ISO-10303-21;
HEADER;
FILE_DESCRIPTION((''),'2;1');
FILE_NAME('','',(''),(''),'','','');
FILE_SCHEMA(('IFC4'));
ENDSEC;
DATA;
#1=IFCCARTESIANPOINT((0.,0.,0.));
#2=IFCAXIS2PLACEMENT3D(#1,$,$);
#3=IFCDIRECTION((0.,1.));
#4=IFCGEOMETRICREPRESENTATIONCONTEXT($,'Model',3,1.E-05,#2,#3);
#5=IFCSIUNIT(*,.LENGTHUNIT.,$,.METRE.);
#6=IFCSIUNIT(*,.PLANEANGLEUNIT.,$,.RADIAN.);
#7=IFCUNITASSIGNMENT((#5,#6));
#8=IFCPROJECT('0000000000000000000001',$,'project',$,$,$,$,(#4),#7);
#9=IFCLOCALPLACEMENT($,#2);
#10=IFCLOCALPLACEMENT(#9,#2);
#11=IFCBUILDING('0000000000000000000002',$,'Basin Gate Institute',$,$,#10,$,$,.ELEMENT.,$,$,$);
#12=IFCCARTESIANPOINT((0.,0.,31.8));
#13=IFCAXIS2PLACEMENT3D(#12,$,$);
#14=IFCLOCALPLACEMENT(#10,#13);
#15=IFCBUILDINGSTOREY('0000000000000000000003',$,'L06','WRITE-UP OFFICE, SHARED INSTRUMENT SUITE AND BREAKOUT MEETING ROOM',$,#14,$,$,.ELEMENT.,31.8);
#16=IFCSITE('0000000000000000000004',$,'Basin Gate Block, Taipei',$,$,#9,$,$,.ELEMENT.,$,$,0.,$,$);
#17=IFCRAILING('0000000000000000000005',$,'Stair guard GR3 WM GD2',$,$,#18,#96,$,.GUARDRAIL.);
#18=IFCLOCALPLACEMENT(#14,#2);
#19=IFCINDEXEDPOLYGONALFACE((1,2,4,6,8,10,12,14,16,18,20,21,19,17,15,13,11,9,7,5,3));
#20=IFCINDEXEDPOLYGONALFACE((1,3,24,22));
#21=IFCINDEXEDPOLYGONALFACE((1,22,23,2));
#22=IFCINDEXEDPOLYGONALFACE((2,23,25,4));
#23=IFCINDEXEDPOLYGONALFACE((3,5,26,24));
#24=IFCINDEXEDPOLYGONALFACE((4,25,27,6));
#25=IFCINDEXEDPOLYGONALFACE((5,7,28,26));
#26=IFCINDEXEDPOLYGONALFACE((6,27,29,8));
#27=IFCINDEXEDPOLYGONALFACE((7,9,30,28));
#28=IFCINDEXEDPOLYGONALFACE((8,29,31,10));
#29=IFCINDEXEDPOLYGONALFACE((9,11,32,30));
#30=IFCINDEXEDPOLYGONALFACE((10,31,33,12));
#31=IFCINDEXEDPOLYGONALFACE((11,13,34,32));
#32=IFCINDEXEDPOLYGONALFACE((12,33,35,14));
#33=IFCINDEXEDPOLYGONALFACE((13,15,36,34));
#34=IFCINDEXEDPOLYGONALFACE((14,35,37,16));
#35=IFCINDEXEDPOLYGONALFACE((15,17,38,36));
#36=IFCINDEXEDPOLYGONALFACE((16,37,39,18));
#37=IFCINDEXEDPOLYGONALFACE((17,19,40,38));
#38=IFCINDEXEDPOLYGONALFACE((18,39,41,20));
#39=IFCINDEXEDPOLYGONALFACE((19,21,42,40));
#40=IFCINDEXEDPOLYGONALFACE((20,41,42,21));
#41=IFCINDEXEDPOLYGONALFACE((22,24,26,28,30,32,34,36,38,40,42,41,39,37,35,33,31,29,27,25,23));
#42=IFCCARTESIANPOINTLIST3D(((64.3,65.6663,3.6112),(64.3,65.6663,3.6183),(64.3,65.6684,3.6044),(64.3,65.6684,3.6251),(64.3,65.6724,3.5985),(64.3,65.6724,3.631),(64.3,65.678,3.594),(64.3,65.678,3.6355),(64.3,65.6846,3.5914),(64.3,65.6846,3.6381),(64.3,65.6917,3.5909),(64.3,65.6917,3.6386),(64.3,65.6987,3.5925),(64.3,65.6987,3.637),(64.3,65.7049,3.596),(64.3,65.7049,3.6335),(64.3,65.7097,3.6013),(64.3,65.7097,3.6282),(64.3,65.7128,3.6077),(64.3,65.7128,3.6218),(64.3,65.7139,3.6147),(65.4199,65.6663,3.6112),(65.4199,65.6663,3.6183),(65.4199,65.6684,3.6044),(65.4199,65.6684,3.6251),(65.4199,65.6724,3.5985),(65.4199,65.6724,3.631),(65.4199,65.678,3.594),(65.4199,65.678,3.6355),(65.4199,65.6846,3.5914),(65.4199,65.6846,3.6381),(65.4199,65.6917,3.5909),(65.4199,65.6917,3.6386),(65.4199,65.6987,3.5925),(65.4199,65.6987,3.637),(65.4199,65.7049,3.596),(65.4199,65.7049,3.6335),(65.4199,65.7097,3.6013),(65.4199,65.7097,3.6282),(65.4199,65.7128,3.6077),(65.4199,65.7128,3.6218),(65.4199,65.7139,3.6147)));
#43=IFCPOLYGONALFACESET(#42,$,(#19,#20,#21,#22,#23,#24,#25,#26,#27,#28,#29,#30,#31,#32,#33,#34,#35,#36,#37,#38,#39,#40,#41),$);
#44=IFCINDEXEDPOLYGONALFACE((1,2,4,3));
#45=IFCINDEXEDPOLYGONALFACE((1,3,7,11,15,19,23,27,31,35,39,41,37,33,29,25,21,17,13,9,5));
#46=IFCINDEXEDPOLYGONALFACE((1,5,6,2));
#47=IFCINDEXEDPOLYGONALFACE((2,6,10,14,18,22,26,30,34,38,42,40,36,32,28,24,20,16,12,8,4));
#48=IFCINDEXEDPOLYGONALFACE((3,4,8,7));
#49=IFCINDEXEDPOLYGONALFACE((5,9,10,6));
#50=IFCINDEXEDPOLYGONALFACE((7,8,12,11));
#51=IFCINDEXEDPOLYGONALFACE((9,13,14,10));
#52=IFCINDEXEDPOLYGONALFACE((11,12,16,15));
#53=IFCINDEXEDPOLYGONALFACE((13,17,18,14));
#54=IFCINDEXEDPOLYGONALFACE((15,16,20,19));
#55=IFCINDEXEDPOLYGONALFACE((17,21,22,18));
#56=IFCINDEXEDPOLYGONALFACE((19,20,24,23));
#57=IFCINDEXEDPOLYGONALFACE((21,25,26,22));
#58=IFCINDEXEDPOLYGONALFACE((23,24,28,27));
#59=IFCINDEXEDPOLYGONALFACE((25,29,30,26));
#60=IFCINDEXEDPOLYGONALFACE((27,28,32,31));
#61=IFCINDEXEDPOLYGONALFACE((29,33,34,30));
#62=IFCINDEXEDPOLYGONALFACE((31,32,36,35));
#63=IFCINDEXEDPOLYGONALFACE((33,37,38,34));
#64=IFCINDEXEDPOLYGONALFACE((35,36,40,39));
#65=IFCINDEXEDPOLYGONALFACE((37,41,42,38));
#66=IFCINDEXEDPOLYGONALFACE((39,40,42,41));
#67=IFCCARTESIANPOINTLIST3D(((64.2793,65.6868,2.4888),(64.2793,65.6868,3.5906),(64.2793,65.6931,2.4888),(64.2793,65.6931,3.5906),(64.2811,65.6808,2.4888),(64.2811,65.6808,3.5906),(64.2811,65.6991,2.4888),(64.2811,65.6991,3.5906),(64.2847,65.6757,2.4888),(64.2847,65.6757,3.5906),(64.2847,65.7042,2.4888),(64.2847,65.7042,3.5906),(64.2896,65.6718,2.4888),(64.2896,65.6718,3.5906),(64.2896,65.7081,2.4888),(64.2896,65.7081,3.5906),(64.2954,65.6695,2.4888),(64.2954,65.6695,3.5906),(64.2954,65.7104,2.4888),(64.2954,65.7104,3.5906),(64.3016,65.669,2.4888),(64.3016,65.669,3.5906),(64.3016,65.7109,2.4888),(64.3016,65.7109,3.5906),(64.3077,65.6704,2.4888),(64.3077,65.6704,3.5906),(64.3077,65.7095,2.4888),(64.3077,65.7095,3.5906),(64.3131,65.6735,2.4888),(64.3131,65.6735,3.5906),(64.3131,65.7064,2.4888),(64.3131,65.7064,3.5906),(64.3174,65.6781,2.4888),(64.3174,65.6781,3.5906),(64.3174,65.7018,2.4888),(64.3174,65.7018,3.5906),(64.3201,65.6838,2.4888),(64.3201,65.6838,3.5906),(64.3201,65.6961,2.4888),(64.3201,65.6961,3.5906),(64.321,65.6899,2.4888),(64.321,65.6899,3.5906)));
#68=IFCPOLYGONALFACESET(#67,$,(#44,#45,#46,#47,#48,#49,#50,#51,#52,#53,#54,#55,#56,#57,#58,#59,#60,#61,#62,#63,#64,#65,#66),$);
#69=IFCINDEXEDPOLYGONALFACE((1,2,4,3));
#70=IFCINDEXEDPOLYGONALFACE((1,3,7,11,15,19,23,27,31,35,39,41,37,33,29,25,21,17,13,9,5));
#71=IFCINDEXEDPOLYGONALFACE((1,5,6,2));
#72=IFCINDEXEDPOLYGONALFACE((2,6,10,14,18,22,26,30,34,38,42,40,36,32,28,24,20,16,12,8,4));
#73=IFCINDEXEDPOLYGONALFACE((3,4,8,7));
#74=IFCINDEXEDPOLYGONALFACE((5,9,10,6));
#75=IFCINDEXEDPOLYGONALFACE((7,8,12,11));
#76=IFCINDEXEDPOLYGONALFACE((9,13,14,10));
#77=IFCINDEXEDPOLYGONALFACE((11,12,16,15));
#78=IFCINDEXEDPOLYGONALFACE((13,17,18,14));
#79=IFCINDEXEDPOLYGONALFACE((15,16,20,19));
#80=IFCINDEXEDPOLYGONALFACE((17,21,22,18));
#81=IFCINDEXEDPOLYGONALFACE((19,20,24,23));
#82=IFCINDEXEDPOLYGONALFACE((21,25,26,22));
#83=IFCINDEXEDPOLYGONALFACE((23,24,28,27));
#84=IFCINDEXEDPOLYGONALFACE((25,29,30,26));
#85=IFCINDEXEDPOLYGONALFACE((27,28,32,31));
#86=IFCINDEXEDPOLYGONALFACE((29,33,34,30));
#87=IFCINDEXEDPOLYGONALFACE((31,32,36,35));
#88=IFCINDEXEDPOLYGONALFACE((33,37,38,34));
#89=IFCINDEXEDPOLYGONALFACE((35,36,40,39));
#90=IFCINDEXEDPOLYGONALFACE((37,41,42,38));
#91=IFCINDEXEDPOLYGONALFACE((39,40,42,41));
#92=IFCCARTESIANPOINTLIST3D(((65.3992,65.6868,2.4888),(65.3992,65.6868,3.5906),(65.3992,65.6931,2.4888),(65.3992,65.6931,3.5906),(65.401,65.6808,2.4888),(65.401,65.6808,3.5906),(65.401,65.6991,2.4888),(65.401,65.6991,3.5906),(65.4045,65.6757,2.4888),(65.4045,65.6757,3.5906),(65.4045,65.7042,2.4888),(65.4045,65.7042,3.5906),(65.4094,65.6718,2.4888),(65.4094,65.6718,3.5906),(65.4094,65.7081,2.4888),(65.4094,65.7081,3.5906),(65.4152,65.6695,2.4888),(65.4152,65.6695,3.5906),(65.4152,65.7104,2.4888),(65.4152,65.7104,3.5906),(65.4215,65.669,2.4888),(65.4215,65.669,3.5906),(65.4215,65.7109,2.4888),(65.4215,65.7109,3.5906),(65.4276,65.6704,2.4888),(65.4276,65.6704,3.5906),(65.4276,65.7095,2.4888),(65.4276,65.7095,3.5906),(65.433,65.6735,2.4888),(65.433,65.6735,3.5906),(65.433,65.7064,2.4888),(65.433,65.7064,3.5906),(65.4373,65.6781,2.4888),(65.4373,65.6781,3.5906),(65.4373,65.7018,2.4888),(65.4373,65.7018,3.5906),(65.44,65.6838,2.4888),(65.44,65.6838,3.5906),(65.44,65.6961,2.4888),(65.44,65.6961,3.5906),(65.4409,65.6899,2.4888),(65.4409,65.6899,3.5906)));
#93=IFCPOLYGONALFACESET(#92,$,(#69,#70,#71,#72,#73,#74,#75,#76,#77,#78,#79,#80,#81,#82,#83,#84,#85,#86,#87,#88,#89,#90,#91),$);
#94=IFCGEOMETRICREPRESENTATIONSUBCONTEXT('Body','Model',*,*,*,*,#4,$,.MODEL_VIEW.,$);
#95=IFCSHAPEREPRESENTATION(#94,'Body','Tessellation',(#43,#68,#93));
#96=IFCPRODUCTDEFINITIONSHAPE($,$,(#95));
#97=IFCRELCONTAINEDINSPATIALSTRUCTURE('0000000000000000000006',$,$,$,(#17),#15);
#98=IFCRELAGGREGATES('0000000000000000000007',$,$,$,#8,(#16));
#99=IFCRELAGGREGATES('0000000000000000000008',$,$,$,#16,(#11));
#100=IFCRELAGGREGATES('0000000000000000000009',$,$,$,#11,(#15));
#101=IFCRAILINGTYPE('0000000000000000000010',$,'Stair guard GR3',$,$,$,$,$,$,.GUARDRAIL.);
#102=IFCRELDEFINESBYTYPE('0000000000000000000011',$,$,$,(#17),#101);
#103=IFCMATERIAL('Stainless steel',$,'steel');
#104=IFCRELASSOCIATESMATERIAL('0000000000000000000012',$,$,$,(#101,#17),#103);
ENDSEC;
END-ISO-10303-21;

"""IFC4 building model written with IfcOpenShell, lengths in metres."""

from ifc_helpers import new_model, si_unit, direction, frame, origin, origin_2d, place, context, subcontext, project, spatial, circle, extrude, material, type_object, element, save


model = new_model("IFC4")

# Units and contexts
model_context = context("Model", 3, precision=1e-05, world=origin(), true_north=direction((0.0, 1.0)))
body_context = subcontext(model_context, "Body", "Model", "MODEL_VIEW")
ifc_project = project(units=[si_unit("LENGTHUNIT", "METRE"), si_unit("PLANEANGLEUNIT", "RADIAN")], contexts=[model_context])

# Site, building, storey
site_placement = place(None, origin())
site = spatial("IfcSite", under=ifc_project, at=site_placement, Name="Basin Gate Block, Taipei", CompositionType="ELEMENT", RefElevation=0.0)
building_placement = place(site_placement, origin())
building = spatial("IfcBuilding", under=site, at=building_placement, Name="Basin Gate Institute", CompositionType="ELEMENT")
storey_placement = place(building_placement, frame((0.0, 0.0, 31.8)))
storey = spatial("IfcBuildingStorey", under=building, at=storey_placement, Name="L06", Description="WRITE-UP OFFICE, SHARED INSTRUMENT SUITE AND BREAKOUT MEETING ROOM", CompositionType="ELEMENT", Elevation=31.8)

# Railing
ifc_material_1 = material(Name="Stainless steel", Category="steel")
railing_type_1 = type_object("IfcRailingType", Name="Stair guard GR3", PredefinedType="GUARDRAIL", material=ifc_material_1)
railing_1_placement = place(storey_placement, frame((64.3, 65.6899, 2.4888)))
element("IfcRailing", 1, at=railing_1_placement, inside=storey, type_object=railing_type_1, material=ifc_material_1, Name="Stair guard GR3 WM GD2", PredefinedType="GUARDRAIL", context=body_context, shape_type="SweptSolid", body=[
    extrude(circle(Radius=0.0239, at=origin_2d()), frame((0.0, 0.0, 1.126), z_axis=(1.0, 0.0, 0.0), x_axis=(0.0, 1.0, 0.0)), (0.0, 0.0, 1.0), 1.1199),
    extrude(circle(Radius=0.021, at=origin_2d()), origin(), (0.0, 0.0, 1.0), 1.1018),
    extrude(circle(Radius=0.021, at=origin_2d()), frame((1.1199, 0.0, 0.0)), (0.0, 0.0, 1.0), 1.1018),
])

save(model, "model.ifc")
